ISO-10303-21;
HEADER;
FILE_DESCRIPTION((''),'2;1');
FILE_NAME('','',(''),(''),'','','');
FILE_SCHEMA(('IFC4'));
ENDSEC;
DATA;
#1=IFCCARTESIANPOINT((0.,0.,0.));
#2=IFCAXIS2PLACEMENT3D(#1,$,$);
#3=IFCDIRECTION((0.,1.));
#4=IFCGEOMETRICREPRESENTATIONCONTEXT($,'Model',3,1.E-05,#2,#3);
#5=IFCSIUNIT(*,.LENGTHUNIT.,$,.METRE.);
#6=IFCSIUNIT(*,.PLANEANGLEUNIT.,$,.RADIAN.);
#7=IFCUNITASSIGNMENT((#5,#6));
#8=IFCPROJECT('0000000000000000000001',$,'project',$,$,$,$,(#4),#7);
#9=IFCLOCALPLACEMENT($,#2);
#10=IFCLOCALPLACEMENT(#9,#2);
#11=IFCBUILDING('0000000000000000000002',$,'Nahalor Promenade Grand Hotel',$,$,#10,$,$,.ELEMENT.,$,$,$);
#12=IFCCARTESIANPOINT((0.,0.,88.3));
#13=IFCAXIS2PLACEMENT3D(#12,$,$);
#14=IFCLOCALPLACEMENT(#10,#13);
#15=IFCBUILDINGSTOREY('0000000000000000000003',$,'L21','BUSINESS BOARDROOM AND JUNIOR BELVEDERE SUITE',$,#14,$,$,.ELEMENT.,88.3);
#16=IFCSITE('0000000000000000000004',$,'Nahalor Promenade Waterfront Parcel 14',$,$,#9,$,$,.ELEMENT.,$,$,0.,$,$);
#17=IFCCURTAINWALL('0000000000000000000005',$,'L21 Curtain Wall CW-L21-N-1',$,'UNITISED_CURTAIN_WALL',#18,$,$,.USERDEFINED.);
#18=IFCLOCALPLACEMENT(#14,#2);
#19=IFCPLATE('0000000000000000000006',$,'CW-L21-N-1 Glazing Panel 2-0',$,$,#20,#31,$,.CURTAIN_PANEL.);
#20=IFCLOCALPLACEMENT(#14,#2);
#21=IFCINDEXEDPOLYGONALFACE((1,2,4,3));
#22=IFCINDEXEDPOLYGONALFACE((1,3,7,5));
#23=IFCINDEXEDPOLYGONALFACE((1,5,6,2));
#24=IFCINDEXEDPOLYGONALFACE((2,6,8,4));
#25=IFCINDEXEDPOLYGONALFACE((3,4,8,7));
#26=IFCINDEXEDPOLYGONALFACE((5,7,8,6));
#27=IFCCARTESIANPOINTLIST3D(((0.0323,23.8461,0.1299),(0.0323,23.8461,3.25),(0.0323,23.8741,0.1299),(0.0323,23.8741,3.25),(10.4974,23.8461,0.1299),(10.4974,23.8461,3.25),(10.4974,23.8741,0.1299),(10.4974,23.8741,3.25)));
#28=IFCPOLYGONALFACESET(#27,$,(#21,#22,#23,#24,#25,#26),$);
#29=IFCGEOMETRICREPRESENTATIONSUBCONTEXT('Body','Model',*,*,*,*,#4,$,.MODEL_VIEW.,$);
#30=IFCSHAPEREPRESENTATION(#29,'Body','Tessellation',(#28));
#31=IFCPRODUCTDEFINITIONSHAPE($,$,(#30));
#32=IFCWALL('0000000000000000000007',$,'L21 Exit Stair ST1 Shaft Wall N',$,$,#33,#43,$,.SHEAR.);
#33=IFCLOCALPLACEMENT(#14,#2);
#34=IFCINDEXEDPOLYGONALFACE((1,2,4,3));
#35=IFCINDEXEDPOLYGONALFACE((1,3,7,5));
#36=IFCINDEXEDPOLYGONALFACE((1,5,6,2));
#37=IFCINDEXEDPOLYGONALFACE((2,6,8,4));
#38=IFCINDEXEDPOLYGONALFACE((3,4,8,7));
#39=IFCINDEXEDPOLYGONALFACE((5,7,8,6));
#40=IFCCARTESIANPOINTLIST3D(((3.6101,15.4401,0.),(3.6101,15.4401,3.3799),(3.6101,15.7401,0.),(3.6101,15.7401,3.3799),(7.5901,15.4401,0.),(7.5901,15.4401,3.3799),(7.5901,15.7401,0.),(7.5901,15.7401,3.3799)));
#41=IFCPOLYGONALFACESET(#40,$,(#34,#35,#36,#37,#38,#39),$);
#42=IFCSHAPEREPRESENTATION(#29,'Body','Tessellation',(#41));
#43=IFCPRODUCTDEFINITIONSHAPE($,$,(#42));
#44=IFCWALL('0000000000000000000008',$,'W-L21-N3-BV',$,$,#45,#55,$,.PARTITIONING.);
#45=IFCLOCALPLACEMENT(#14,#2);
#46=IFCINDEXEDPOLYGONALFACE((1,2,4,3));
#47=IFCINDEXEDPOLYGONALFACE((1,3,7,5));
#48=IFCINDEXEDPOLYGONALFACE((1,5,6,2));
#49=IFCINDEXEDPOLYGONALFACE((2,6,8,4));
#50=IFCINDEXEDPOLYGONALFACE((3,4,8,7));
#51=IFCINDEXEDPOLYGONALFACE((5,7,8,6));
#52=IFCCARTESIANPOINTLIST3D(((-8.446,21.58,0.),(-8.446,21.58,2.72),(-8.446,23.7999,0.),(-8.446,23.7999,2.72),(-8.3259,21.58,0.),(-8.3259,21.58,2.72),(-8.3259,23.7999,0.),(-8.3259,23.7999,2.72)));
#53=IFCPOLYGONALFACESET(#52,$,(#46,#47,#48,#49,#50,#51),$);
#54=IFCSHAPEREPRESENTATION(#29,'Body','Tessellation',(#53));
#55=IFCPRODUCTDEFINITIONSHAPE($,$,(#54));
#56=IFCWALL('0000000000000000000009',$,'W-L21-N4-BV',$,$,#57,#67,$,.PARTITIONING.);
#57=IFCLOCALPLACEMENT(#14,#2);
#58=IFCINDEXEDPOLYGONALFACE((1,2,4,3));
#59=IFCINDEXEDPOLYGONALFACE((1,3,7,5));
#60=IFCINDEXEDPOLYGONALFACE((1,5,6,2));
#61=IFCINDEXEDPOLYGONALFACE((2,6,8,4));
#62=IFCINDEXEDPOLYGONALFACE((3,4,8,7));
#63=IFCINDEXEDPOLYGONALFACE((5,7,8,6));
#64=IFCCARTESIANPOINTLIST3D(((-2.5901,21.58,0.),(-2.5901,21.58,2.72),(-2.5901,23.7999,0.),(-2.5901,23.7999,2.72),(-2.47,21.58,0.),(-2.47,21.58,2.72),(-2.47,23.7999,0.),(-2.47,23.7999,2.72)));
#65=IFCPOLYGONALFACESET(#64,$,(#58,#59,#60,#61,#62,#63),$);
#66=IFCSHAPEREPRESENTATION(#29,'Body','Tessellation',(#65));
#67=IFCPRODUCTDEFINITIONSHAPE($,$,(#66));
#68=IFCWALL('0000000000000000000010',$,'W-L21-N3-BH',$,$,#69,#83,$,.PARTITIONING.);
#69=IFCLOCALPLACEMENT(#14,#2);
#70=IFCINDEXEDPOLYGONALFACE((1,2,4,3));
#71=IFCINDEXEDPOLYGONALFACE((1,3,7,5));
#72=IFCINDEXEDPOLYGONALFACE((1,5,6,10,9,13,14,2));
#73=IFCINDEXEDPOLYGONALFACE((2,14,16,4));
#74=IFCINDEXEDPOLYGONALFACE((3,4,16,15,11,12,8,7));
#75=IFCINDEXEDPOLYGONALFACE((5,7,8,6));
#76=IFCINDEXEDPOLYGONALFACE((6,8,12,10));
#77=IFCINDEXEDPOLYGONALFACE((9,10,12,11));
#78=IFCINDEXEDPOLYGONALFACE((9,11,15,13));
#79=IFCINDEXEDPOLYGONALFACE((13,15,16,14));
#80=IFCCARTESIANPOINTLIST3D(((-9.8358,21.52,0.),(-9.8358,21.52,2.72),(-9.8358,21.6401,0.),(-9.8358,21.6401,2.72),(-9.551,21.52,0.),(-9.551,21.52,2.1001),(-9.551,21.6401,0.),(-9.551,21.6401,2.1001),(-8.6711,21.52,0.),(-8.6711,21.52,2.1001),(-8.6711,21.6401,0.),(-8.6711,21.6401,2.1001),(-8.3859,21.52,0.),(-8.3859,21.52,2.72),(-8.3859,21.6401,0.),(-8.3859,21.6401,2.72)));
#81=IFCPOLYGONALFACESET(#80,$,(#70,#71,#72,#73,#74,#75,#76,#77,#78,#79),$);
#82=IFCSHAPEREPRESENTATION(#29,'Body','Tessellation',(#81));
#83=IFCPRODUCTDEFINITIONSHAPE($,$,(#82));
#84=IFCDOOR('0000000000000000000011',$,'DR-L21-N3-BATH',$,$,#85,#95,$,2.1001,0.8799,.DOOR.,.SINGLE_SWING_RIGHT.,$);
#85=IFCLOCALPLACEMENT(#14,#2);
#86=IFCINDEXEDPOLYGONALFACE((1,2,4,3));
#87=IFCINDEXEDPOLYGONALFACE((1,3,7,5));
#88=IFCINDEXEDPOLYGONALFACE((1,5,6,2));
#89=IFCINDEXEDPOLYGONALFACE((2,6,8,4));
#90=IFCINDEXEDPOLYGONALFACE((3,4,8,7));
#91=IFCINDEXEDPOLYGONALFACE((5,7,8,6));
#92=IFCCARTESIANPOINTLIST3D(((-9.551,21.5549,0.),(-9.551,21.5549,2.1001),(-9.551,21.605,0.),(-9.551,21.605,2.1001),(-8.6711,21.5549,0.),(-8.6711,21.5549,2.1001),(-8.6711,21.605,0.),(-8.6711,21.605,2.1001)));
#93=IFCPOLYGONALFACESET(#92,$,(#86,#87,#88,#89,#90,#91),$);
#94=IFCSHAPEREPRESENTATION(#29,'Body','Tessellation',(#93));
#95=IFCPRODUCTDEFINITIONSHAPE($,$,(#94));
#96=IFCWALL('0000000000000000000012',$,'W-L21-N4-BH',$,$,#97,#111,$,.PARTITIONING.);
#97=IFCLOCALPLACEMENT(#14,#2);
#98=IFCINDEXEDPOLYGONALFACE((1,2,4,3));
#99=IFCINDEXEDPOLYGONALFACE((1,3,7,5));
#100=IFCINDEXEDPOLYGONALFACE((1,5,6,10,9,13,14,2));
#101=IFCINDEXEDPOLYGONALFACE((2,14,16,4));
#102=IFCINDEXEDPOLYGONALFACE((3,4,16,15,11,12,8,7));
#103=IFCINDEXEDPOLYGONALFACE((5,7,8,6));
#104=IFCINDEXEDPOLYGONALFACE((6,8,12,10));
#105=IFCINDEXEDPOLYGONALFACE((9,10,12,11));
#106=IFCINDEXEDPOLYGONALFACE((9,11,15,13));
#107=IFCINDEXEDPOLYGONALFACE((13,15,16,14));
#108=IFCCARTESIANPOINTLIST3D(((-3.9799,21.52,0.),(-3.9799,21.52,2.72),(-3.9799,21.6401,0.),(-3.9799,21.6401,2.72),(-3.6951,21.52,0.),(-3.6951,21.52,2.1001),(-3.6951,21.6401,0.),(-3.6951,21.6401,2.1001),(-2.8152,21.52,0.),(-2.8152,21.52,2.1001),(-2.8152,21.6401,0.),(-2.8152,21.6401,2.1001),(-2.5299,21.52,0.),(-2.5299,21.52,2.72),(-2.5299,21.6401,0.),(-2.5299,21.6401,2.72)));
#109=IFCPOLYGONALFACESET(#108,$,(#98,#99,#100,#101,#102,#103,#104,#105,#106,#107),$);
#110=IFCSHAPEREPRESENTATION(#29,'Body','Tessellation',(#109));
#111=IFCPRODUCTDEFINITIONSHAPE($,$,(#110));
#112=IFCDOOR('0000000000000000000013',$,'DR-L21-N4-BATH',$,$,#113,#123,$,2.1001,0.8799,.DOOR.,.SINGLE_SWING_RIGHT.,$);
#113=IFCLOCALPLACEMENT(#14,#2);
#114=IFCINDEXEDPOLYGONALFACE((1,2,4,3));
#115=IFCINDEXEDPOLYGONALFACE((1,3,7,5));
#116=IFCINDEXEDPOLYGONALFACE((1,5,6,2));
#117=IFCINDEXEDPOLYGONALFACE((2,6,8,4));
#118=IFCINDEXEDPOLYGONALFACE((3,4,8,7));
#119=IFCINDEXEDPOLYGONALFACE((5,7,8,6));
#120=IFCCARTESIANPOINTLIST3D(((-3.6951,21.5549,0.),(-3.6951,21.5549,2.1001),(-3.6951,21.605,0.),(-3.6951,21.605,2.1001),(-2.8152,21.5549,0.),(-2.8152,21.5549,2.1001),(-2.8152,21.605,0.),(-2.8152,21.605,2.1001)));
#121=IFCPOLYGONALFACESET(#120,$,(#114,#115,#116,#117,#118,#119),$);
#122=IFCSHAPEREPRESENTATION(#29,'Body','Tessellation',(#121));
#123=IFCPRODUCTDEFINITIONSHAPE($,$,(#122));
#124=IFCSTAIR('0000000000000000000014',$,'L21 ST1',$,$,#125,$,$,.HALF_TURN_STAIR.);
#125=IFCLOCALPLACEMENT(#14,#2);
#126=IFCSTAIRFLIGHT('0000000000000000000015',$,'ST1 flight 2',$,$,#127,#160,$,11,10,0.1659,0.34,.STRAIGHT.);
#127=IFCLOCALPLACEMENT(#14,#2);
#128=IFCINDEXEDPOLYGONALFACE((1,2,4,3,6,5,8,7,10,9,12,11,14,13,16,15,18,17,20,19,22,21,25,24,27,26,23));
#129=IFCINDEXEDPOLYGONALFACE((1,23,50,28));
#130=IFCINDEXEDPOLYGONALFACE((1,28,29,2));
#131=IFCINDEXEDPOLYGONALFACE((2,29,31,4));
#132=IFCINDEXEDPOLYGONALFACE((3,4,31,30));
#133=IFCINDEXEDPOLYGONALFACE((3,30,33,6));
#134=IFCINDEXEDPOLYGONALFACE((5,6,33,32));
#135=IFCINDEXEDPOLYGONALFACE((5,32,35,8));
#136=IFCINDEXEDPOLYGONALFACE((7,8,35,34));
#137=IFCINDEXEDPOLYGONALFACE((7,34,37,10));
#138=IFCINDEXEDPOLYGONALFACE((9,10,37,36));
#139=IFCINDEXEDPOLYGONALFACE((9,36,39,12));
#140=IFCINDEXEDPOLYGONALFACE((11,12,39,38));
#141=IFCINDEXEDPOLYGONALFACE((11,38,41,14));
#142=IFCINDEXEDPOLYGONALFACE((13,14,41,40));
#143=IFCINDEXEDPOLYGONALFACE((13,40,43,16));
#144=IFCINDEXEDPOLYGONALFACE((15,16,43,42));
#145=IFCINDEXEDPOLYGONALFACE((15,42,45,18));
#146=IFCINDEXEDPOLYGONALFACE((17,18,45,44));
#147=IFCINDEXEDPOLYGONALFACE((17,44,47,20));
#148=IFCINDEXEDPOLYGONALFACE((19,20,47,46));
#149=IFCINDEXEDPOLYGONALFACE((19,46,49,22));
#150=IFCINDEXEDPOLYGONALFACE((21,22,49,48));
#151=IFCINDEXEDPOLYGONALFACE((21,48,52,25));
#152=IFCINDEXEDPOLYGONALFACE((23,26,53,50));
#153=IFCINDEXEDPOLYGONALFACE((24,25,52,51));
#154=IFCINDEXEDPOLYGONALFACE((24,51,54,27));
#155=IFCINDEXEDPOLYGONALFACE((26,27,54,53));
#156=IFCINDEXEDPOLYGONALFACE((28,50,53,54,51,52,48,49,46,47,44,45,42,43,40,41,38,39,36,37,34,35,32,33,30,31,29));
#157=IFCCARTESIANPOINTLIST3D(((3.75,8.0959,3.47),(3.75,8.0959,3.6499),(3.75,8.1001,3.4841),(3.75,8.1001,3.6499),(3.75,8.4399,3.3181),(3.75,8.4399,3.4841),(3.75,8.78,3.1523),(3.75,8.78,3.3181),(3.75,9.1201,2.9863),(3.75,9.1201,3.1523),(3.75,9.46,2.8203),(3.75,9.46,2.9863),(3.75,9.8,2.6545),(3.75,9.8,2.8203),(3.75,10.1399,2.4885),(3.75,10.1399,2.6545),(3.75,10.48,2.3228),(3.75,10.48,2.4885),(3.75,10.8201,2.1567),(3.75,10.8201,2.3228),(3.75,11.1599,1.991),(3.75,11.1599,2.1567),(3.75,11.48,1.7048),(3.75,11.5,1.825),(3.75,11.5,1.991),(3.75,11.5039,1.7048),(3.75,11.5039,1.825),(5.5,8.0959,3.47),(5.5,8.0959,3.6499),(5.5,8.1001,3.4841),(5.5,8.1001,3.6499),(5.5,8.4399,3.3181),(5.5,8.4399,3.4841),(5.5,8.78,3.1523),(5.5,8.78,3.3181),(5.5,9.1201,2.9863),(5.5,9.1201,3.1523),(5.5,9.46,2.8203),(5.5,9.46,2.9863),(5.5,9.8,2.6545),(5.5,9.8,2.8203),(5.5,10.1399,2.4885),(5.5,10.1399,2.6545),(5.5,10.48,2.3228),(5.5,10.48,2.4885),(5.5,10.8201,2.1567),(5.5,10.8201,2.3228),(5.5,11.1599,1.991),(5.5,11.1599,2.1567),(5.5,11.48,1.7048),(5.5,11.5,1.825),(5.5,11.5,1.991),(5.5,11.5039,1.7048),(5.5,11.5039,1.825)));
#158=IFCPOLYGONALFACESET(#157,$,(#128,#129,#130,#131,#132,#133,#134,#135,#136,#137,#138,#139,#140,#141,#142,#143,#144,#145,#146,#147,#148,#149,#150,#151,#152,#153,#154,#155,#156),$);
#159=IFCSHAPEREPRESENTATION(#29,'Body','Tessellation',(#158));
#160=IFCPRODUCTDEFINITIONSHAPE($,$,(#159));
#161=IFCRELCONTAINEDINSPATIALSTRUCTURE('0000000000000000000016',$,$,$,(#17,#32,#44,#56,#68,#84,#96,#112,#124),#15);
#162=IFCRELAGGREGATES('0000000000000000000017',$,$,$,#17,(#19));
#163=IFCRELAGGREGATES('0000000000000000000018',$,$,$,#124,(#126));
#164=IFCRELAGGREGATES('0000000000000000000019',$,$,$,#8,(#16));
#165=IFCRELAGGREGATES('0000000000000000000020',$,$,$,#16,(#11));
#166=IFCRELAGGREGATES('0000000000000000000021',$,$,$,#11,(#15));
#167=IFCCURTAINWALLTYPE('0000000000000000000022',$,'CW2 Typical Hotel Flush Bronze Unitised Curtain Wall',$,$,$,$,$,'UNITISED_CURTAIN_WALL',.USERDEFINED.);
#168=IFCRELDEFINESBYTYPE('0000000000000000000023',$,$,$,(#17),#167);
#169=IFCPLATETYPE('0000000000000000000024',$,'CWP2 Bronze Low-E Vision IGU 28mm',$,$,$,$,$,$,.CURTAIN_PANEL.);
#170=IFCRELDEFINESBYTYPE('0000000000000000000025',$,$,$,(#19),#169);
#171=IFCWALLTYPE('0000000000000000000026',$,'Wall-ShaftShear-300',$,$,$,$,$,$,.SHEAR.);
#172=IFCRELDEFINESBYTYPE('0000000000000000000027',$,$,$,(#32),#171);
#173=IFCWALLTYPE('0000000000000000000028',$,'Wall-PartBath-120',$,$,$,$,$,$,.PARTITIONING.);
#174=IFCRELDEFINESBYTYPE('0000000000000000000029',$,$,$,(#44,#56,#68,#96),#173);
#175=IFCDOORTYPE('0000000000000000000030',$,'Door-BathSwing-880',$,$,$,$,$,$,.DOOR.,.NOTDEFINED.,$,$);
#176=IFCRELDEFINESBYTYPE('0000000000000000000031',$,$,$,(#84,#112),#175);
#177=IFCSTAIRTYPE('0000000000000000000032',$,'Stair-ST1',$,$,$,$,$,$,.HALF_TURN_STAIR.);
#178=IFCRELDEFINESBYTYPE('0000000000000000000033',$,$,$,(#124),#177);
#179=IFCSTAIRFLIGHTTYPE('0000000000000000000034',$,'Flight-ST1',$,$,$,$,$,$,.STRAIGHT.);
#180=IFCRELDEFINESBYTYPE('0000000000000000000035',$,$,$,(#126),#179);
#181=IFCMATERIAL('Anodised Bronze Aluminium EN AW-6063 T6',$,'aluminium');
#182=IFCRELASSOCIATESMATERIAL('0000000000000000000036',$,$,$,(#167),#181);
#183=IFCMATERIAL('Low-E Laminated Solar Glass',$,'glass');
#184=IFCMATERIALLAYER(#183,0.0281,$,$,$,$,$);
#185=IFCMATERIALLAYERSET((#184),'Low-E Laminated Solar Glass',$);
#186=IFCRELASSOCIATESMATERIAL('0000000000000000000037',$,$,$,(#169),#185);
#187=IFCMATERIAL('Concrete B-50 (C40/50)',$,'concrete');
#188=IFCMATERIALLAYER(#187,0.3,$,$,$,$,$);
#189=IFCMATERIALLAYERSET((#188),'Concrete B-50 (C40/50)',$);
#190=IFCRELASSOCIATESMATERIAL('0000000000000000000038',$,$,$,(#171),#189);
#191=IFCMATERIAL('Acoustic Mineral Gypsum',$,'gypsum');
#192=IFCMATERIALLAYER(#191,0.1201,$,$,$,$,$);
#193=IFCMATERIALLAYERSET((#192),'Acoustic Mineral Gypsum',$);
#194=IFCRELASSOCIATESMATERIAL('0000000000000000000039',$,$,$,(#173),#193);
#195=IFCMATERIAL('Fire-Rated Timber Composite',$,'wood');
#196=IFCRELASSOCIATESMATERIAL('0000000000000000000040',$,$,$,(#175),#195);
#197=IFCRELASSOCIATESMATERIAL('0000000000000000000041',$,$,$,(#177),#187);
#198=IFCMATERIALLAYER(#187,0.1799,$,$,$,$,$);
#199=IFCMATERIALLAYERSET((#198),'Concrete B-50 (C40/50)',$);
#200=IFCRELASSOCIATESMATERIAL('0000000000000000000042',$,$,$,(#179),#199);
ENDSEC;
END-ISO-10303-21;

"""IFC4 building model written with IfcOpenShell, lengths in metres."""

from ifc_helpers import new_model, si_unit, direction, frame, frame_2d, origin, origin_2d, place, context, subcontext, project, spatial, polyline, rectangle, outline, extrude, source, transform, mapped, material, layer, layer_set, type_object, element, fill, aggregate, save


model = new_model("IFC4")

# Units and contexts
model_context = context("Model", 3, precision=1e-05, world=origin(), true_north=direction((0.0, 1.0)))
body_context = subcontext(model_context, "Body", "Model", "MODEL_VIEW")
ifc_project = project(units=[si_unit("LENGTHUNIT", "METRE"), si_unit("PLANEANGLEUNIT", "RADIAN")], contexts=[model_context])

# Site, building, storey
site_placement = place(None, origin())
site = spatial("IfcSite", under=ifc_project, at=site_placement, Name="Nahalor Promenade Waterfront Parcel 14", CompositionType="ELEMENT", RefElevation=0.0)
building_placement = place(site_placement, origin())
building = spatial("IfcBuilding", under=site, at=building_placement, Name="Nahalor Promenade Grand Hotel", CompositionType="ELEMENT")
storey_placement = place(building_placement, frame((0.0, 0.0, 88.3)))
storey = spatial("IfcBuildingStorey", under=building, at=storey_placement, Name="L21", Description="BUSINESS BOARDROOM AND JUNIOR BELVEDERE SUITE", CompositionType="ELEMENT", Elevation=88.3)

# Curtain wall, plate
ifc_material_1 = material(Name="Anodised Bronze Aluminium EN AW-6063 T6", Category="aluminium")
curtain_wall_type = type_object("IfcCurtainWallType", Name="CW2 Typical Hotel Flush Bronze Unitised Curtain Wall", ElementType="UNITISED_CURTAIN_WALL", PredefinedType="USERDEFINED", material=ifc_material_1)
curtain_wall_placement = place(storey_placement, origin())
curtain_wall = element("IfcCurtainWall", 1, at=curtain_wall_placement, inside=storey, type_object=curtain_wall_type, Name="L21 Curtain Wall CW-L21-N-1", ObjectType="UNITISED_CURTAIN_WALL", PredefinedType="USERDEFINED")
ifc_material_2 = material(Name="Low-E Laminated Solar Glass", Category="glass")
ifc_layer_1 = layer(ifc_material_2, 0.0281)
ifc_layer_set_1 = layer_set([ifc_layer_1], Name="Low-E Laminated Solar Glass")
plate_type = type_object("IfcPlateType", Name="CWP2 Bronze Low-E Vision IGU 28mm", PredefinedType="CURTAIN_PANEL", material=ifc_layer_set_1)
shared_shape_1 = source(origin(), body_context, "Body", "SweptSolid", [
    extrude(rectangle(XDim=10.4651, YDim=0.0281, at=origin_2d()), origin(), (0.0, 0.0, 1.0), 3.1201),
])
plate_1_placement = place(storey_placement, frame((5.2649, 23.8601, 0.1299), z_axis=(0.0, 0.0, 1.0), x_axis=(1.0, 0.0, 0.0)))
plate_1 = element("IfcPlate", 2, at=plate_1_placement, type_object=plate_type, Name="CW-L21-N-1 Glazing Panel 2-0", PredefinedType="CURTAIN_PANEL", context=body_context, shape_type="MappedRepresentation", body=[
    mapped(shared_shape_1, transform((0.0, 0.0, 0.0), scale=1.0)),
])
aggregate(curtain_wall, [plate_1])

# Walls
ifc_material_3 = material(Name="Concrete B-50 (C40/50)", Category="concrete")
ifc_layer_2 = layer(ifc_material_3, 0.3)
ifc_layer_set_2 = layer_set([ifc_layer_2], Name="Concrete B-50 (C40/50)")
wall_type_1 = type_object("IfcWallType", Name="Wall-ShaftShear-300", PredefinedType="SHEAR", material=ifc_layer_set_2)
shared_shape_2 = source(origin(), body_context, "Body", "SweptSolid", [
    extrude(rectangle(XDim=3.98, YDim=0.3, at=frame_2d((1.99, 0.0))), origin(), (0.0, 0.0, 1.0), 3.3799),
])
wall_1_placement = place(storey_placement, frame((3.6101, 15.5901, 0.0), z_axis=(0.0, 0.0, 1.0), x_axis=(1.0, 0.0, 0.0)))
element("IfcWall", 3, at=wall_1_placement, inside=storey, type_object=wall_type_1, Name="L21 Exit Stair ST1 Shaft Wall N", PredefinedType="SHEAR", context=body_context, shape_type="MappedRepresentation", body=[
    mapped(shared_shape_2, transform((0.0, 0.0, 0.0), scale=1.0)),
])
ifc_material_4 = material(Name="Acoustic Mineral Gypsum", Category="gypsum")
ifc_layer_3 = layer(ifc_material_4, 0.1201)
ifc_layer_set_3 = layer_set([ifc_layer_3], Name="Acoustic Mineral Gypsum")
wall_type_2 = type_object("IfcWallType", Name="Wall-PartBath-120", PredefinedType="PARTITIONING", material=ifc_layer_set_3)
shared_shape_3 = source(origin(), body_context, "Body", "SweptSolid", [
    extrude(rectangle(XDim=2.22, YDim=0.1201, at=frame_2d((1.1099, 0.0))), origin(), (0.0, 0.0, 1.0), 2.72),
])
for number, where, z_axis, x_axis, name in (
    (4, (-8.386, 21.5801, 0.0), (0.0, 0.0, 1.0), (0.0, 1.0, 0.0), "W-L21-N3-BV"),
    (5, (-2.53, 21.5801, 0.0), (0.0, 0.0, 1.0), (0.0, 1.0, 0.0), "W-L21-N4-BV"),
):
    element("IfcWall", number, at=place(storey_placement, frame(where, z_axis=z_axis, x_axis=x_axis)), inside=storey, type_object=wall_type_2, Name=name, PredefinedType="PARTITIONING", context=body_context, shape_type="MappedRepresentation", body=[
        mapped(shared_shape_3, transform((0.0, 0.0, 0.0), scale=1.0)),
    ])

# Walls, openings, doors
shared_shape_4 = source(origin(), body_context, "Body", "SweptSolid", [
    extrude(rectangle(XDim=1.45, YDim=0.1201, at=frame_2d((0.7251, 0.0))), origin(), (0.0, 0.0, 1.0), 2.72),
])
wall_2_placement = place(storey_placement, frame((-9.8359, 21.5801, 0.0), z_axis=(0.0, 0.0, 1.0), x_axis=(1.0, 0.0, 0.0)))
wall_2 = element("IfcWall", 6, at=wall_2_placement, inside=storey, type_object=wall_type_2, Name="W-L21-N3-BH", PredefinedType="PARTITIONING", context=body_context, shape_type="MappedRepresentation", body=[
    mapped(shared_shape_4, transform((0.0, 0.0, 0.0), scale=1.0)),
])
opening_1_placement = place(wall_2_placement, frame((0.2849, 0.0, 0.0)))
opening_1 = element("IfcOpeningElement", 7, at=opening_1_placement, cuts=wall_2, PredefinedType="OPENING", context=body_context, shape_type="SweptSolid", body=[
    extrude(rectangle(XDim=0.8799, YDim=2.1001, at=frame_2d((0.4399, 1.05))), frame((0.0, 0.0701, 0.0), z_axis=(0.0, -1.0, 0.0), x_axis=(1.0, 0.0, 0.0)), (0.0, 0.0, 1.0), 0.1401),
])
ifc_material_5 = material(Name="Fire-Rated Timber Composite", Category="wood")
door_type = type_object("IfcDoorType", Name="Door-BathSwing-880", OperationType="NOTDEFINED", PredefinedType="DOOR", material=ifc_material_5)
shared_shape_5 = source(origin(), body_context, "Body", "SweptSolid", [
    extrude(rectangle(XDim=0.8799, YDim=2.1001, at=frame_2d((0.4399, 1.05))), frame((0.0, 0.0249, 0.0), z_axis=(0.0, -1.0, 0.0), x_axis=(1.0, 0.0, 0.0)), (0.0, 0.0, 1.0), 0.05),
])
door_1_placement = place(opening_1_placement, origin())
door_1 = element("IfcDoor", 8, at=door_1_placement, inside=storey, type_object=door_type, Name="DR-L21-N3-BATH", OperationType="SINGLE_SWING_RIGHT", OverallHeight=2.1001, OverallWidth=0.8799, PredefinedType="DOOR", context=body_context, shape_type="MappedRepresentation", body=[
    mapped(shared_shape_5, transform((0.0, 0.0, 0.0), scale=1.0)),
])
fill(opening_1, door_1)
wall_3_placement = place(storey_placement, frame((-3.98, 21.5801, 0.0), z_axis=(0.0, 0.0, 1.0), x_axis=(1.0, 0.0, 0.0)))
wall_3 = element("IfcWall", 9, at=wall_3_placement, inside=storey, type_object=wall_type_2, Name="W-L21-N4-BH", PredefinedType="PARTITIONING", context=body_context, shape_type="MappedRepresentation", body=[
    mapped(shared_shape_4, transform((0.0, 0.0, 0.0), scale=1.0)),
])
opening_2_placement = place(wall_3_placement, frame((0.2849, 0.0, 0.0)))
opening_2 = element("IfcOpeningElement", 10, at=opening_2_placement, cuts=wall_3, PredefinedType="OPENING", context=body_context, shape_type="SweptSolid", body=[
    extrude(rectangle(XDim=0.8799, YDim=2.1001, at=frame_2d((0.4399, 1.05))), frame((0.0, 0.0701, 0.0), z_axis=(0.0, -1.0, 0.0), x_axis=(1.0, 0.0, 0.0)), (0.0, 0.0, 1.0), 0.1401),
])
door_2_placement = place(opening_2_placement, origin())
door_2 = element("IfcDoor", 11, at=door_2_placement, inside=storey, type_object=door_type, Name="DR-L21-N4-BATH", OperationType="SINGLE_SWING_RIGHT", OverallHeight=2.1001, OverallWidth=0.8799, PredefinedType="DOOR", context=body_context, shape_type="MappedRepresentation", body=[
    mapped(shared_shape_5, transform((0.0, 0.0, 0.0), scale=1.0)),
])
fill(opening_2, door_2)

# Stair, stair flight
stair_type = type_object("IfcStairType", Name="Stair-ST1", PredefinedType="HALF_TURN_STAIR", material=ifc_material_3)
stair_placement = place(storey_placement, origin())
stair = element("IfcStair", 12, at=stair_placement, inside=storey, type_object=stair_type, Name="L21 ST1", PredefinedType="HALF_TURN_STAIR")
ifc_layer_4 = layer(ifc_material_3, 0.1799)
ifc_layer_set_4 = layer_set([ifc_layer_4], Name="Concrete B-50 (C40/50)")
stair_flight_type = type_object("IfcStairFlightType", Name="Flight-ST1", PredefinedType="STRAIGHT", material=ifc_layer_set_4)
shared_shape_6 = source(origin(), body_context, "Body", "SweptSolid", [
    extrude(outline(polyline([(-0.0039, -0.1201), (-0.0039, 0.0), (0.0, 0.0), (0.0, 0.166), (0.3401, 0.166), (0.3401, 0.3318), (0.6799, 0.3318), (0.6799, 0.4978), (1.02, 0.4978), (1.02, 0.6636), (1.3601, 0.6636), (1.3601, 0.8296), (1.7, 0.8296), (1.7, 0.9954), (2.04, 0.9954), (2.04, 1.1614), (2.3799, 1.1614), (2.3799, 1.3274), (2.72, 1.3274), (2.72, 1.4932), (3.0601, 1.4932), (3.0601, 1.6592), (3.3999, 1.6592), (3.3999, 1.825), (3.4041, 1.825), (3.4041, 1.645), (0.02, -0.1201), (-0.0039, -0.1201)])), frame((0.0, 0.875, 0.0), z_axis=(0.0, -1.0, 0.0), x_axis=(1.0, 0.0, 0.0)), (0.0, 0.0, 1.0), 1.75),
])
stair_flight_placement = place(storey_placement, frame((4.625, 11.5, 1.825), z_axis=(0.0, 0.0, 1.0), x_axis=(0.0, -1.0, 0.0)))
stair_flight = element("IfcStairFlight", 13, at=stair_flight_placement, type_object=stair_flight_type, Name="ST1 flight 2", NumberOfRisers=11, NumberOfTreads=10, PredefinedType="STRAIGHT", RiserHeight=0.1659, TreadLength=0.34, context=body_context, shape_type="MappedRepresentation", body=[
    mapped(shared_shape_6, transform((0.0, 0.0, 0.0), scale=1.0)),
])
aggregate(stair, [stair_flight])

save(model, "model.ifc")
